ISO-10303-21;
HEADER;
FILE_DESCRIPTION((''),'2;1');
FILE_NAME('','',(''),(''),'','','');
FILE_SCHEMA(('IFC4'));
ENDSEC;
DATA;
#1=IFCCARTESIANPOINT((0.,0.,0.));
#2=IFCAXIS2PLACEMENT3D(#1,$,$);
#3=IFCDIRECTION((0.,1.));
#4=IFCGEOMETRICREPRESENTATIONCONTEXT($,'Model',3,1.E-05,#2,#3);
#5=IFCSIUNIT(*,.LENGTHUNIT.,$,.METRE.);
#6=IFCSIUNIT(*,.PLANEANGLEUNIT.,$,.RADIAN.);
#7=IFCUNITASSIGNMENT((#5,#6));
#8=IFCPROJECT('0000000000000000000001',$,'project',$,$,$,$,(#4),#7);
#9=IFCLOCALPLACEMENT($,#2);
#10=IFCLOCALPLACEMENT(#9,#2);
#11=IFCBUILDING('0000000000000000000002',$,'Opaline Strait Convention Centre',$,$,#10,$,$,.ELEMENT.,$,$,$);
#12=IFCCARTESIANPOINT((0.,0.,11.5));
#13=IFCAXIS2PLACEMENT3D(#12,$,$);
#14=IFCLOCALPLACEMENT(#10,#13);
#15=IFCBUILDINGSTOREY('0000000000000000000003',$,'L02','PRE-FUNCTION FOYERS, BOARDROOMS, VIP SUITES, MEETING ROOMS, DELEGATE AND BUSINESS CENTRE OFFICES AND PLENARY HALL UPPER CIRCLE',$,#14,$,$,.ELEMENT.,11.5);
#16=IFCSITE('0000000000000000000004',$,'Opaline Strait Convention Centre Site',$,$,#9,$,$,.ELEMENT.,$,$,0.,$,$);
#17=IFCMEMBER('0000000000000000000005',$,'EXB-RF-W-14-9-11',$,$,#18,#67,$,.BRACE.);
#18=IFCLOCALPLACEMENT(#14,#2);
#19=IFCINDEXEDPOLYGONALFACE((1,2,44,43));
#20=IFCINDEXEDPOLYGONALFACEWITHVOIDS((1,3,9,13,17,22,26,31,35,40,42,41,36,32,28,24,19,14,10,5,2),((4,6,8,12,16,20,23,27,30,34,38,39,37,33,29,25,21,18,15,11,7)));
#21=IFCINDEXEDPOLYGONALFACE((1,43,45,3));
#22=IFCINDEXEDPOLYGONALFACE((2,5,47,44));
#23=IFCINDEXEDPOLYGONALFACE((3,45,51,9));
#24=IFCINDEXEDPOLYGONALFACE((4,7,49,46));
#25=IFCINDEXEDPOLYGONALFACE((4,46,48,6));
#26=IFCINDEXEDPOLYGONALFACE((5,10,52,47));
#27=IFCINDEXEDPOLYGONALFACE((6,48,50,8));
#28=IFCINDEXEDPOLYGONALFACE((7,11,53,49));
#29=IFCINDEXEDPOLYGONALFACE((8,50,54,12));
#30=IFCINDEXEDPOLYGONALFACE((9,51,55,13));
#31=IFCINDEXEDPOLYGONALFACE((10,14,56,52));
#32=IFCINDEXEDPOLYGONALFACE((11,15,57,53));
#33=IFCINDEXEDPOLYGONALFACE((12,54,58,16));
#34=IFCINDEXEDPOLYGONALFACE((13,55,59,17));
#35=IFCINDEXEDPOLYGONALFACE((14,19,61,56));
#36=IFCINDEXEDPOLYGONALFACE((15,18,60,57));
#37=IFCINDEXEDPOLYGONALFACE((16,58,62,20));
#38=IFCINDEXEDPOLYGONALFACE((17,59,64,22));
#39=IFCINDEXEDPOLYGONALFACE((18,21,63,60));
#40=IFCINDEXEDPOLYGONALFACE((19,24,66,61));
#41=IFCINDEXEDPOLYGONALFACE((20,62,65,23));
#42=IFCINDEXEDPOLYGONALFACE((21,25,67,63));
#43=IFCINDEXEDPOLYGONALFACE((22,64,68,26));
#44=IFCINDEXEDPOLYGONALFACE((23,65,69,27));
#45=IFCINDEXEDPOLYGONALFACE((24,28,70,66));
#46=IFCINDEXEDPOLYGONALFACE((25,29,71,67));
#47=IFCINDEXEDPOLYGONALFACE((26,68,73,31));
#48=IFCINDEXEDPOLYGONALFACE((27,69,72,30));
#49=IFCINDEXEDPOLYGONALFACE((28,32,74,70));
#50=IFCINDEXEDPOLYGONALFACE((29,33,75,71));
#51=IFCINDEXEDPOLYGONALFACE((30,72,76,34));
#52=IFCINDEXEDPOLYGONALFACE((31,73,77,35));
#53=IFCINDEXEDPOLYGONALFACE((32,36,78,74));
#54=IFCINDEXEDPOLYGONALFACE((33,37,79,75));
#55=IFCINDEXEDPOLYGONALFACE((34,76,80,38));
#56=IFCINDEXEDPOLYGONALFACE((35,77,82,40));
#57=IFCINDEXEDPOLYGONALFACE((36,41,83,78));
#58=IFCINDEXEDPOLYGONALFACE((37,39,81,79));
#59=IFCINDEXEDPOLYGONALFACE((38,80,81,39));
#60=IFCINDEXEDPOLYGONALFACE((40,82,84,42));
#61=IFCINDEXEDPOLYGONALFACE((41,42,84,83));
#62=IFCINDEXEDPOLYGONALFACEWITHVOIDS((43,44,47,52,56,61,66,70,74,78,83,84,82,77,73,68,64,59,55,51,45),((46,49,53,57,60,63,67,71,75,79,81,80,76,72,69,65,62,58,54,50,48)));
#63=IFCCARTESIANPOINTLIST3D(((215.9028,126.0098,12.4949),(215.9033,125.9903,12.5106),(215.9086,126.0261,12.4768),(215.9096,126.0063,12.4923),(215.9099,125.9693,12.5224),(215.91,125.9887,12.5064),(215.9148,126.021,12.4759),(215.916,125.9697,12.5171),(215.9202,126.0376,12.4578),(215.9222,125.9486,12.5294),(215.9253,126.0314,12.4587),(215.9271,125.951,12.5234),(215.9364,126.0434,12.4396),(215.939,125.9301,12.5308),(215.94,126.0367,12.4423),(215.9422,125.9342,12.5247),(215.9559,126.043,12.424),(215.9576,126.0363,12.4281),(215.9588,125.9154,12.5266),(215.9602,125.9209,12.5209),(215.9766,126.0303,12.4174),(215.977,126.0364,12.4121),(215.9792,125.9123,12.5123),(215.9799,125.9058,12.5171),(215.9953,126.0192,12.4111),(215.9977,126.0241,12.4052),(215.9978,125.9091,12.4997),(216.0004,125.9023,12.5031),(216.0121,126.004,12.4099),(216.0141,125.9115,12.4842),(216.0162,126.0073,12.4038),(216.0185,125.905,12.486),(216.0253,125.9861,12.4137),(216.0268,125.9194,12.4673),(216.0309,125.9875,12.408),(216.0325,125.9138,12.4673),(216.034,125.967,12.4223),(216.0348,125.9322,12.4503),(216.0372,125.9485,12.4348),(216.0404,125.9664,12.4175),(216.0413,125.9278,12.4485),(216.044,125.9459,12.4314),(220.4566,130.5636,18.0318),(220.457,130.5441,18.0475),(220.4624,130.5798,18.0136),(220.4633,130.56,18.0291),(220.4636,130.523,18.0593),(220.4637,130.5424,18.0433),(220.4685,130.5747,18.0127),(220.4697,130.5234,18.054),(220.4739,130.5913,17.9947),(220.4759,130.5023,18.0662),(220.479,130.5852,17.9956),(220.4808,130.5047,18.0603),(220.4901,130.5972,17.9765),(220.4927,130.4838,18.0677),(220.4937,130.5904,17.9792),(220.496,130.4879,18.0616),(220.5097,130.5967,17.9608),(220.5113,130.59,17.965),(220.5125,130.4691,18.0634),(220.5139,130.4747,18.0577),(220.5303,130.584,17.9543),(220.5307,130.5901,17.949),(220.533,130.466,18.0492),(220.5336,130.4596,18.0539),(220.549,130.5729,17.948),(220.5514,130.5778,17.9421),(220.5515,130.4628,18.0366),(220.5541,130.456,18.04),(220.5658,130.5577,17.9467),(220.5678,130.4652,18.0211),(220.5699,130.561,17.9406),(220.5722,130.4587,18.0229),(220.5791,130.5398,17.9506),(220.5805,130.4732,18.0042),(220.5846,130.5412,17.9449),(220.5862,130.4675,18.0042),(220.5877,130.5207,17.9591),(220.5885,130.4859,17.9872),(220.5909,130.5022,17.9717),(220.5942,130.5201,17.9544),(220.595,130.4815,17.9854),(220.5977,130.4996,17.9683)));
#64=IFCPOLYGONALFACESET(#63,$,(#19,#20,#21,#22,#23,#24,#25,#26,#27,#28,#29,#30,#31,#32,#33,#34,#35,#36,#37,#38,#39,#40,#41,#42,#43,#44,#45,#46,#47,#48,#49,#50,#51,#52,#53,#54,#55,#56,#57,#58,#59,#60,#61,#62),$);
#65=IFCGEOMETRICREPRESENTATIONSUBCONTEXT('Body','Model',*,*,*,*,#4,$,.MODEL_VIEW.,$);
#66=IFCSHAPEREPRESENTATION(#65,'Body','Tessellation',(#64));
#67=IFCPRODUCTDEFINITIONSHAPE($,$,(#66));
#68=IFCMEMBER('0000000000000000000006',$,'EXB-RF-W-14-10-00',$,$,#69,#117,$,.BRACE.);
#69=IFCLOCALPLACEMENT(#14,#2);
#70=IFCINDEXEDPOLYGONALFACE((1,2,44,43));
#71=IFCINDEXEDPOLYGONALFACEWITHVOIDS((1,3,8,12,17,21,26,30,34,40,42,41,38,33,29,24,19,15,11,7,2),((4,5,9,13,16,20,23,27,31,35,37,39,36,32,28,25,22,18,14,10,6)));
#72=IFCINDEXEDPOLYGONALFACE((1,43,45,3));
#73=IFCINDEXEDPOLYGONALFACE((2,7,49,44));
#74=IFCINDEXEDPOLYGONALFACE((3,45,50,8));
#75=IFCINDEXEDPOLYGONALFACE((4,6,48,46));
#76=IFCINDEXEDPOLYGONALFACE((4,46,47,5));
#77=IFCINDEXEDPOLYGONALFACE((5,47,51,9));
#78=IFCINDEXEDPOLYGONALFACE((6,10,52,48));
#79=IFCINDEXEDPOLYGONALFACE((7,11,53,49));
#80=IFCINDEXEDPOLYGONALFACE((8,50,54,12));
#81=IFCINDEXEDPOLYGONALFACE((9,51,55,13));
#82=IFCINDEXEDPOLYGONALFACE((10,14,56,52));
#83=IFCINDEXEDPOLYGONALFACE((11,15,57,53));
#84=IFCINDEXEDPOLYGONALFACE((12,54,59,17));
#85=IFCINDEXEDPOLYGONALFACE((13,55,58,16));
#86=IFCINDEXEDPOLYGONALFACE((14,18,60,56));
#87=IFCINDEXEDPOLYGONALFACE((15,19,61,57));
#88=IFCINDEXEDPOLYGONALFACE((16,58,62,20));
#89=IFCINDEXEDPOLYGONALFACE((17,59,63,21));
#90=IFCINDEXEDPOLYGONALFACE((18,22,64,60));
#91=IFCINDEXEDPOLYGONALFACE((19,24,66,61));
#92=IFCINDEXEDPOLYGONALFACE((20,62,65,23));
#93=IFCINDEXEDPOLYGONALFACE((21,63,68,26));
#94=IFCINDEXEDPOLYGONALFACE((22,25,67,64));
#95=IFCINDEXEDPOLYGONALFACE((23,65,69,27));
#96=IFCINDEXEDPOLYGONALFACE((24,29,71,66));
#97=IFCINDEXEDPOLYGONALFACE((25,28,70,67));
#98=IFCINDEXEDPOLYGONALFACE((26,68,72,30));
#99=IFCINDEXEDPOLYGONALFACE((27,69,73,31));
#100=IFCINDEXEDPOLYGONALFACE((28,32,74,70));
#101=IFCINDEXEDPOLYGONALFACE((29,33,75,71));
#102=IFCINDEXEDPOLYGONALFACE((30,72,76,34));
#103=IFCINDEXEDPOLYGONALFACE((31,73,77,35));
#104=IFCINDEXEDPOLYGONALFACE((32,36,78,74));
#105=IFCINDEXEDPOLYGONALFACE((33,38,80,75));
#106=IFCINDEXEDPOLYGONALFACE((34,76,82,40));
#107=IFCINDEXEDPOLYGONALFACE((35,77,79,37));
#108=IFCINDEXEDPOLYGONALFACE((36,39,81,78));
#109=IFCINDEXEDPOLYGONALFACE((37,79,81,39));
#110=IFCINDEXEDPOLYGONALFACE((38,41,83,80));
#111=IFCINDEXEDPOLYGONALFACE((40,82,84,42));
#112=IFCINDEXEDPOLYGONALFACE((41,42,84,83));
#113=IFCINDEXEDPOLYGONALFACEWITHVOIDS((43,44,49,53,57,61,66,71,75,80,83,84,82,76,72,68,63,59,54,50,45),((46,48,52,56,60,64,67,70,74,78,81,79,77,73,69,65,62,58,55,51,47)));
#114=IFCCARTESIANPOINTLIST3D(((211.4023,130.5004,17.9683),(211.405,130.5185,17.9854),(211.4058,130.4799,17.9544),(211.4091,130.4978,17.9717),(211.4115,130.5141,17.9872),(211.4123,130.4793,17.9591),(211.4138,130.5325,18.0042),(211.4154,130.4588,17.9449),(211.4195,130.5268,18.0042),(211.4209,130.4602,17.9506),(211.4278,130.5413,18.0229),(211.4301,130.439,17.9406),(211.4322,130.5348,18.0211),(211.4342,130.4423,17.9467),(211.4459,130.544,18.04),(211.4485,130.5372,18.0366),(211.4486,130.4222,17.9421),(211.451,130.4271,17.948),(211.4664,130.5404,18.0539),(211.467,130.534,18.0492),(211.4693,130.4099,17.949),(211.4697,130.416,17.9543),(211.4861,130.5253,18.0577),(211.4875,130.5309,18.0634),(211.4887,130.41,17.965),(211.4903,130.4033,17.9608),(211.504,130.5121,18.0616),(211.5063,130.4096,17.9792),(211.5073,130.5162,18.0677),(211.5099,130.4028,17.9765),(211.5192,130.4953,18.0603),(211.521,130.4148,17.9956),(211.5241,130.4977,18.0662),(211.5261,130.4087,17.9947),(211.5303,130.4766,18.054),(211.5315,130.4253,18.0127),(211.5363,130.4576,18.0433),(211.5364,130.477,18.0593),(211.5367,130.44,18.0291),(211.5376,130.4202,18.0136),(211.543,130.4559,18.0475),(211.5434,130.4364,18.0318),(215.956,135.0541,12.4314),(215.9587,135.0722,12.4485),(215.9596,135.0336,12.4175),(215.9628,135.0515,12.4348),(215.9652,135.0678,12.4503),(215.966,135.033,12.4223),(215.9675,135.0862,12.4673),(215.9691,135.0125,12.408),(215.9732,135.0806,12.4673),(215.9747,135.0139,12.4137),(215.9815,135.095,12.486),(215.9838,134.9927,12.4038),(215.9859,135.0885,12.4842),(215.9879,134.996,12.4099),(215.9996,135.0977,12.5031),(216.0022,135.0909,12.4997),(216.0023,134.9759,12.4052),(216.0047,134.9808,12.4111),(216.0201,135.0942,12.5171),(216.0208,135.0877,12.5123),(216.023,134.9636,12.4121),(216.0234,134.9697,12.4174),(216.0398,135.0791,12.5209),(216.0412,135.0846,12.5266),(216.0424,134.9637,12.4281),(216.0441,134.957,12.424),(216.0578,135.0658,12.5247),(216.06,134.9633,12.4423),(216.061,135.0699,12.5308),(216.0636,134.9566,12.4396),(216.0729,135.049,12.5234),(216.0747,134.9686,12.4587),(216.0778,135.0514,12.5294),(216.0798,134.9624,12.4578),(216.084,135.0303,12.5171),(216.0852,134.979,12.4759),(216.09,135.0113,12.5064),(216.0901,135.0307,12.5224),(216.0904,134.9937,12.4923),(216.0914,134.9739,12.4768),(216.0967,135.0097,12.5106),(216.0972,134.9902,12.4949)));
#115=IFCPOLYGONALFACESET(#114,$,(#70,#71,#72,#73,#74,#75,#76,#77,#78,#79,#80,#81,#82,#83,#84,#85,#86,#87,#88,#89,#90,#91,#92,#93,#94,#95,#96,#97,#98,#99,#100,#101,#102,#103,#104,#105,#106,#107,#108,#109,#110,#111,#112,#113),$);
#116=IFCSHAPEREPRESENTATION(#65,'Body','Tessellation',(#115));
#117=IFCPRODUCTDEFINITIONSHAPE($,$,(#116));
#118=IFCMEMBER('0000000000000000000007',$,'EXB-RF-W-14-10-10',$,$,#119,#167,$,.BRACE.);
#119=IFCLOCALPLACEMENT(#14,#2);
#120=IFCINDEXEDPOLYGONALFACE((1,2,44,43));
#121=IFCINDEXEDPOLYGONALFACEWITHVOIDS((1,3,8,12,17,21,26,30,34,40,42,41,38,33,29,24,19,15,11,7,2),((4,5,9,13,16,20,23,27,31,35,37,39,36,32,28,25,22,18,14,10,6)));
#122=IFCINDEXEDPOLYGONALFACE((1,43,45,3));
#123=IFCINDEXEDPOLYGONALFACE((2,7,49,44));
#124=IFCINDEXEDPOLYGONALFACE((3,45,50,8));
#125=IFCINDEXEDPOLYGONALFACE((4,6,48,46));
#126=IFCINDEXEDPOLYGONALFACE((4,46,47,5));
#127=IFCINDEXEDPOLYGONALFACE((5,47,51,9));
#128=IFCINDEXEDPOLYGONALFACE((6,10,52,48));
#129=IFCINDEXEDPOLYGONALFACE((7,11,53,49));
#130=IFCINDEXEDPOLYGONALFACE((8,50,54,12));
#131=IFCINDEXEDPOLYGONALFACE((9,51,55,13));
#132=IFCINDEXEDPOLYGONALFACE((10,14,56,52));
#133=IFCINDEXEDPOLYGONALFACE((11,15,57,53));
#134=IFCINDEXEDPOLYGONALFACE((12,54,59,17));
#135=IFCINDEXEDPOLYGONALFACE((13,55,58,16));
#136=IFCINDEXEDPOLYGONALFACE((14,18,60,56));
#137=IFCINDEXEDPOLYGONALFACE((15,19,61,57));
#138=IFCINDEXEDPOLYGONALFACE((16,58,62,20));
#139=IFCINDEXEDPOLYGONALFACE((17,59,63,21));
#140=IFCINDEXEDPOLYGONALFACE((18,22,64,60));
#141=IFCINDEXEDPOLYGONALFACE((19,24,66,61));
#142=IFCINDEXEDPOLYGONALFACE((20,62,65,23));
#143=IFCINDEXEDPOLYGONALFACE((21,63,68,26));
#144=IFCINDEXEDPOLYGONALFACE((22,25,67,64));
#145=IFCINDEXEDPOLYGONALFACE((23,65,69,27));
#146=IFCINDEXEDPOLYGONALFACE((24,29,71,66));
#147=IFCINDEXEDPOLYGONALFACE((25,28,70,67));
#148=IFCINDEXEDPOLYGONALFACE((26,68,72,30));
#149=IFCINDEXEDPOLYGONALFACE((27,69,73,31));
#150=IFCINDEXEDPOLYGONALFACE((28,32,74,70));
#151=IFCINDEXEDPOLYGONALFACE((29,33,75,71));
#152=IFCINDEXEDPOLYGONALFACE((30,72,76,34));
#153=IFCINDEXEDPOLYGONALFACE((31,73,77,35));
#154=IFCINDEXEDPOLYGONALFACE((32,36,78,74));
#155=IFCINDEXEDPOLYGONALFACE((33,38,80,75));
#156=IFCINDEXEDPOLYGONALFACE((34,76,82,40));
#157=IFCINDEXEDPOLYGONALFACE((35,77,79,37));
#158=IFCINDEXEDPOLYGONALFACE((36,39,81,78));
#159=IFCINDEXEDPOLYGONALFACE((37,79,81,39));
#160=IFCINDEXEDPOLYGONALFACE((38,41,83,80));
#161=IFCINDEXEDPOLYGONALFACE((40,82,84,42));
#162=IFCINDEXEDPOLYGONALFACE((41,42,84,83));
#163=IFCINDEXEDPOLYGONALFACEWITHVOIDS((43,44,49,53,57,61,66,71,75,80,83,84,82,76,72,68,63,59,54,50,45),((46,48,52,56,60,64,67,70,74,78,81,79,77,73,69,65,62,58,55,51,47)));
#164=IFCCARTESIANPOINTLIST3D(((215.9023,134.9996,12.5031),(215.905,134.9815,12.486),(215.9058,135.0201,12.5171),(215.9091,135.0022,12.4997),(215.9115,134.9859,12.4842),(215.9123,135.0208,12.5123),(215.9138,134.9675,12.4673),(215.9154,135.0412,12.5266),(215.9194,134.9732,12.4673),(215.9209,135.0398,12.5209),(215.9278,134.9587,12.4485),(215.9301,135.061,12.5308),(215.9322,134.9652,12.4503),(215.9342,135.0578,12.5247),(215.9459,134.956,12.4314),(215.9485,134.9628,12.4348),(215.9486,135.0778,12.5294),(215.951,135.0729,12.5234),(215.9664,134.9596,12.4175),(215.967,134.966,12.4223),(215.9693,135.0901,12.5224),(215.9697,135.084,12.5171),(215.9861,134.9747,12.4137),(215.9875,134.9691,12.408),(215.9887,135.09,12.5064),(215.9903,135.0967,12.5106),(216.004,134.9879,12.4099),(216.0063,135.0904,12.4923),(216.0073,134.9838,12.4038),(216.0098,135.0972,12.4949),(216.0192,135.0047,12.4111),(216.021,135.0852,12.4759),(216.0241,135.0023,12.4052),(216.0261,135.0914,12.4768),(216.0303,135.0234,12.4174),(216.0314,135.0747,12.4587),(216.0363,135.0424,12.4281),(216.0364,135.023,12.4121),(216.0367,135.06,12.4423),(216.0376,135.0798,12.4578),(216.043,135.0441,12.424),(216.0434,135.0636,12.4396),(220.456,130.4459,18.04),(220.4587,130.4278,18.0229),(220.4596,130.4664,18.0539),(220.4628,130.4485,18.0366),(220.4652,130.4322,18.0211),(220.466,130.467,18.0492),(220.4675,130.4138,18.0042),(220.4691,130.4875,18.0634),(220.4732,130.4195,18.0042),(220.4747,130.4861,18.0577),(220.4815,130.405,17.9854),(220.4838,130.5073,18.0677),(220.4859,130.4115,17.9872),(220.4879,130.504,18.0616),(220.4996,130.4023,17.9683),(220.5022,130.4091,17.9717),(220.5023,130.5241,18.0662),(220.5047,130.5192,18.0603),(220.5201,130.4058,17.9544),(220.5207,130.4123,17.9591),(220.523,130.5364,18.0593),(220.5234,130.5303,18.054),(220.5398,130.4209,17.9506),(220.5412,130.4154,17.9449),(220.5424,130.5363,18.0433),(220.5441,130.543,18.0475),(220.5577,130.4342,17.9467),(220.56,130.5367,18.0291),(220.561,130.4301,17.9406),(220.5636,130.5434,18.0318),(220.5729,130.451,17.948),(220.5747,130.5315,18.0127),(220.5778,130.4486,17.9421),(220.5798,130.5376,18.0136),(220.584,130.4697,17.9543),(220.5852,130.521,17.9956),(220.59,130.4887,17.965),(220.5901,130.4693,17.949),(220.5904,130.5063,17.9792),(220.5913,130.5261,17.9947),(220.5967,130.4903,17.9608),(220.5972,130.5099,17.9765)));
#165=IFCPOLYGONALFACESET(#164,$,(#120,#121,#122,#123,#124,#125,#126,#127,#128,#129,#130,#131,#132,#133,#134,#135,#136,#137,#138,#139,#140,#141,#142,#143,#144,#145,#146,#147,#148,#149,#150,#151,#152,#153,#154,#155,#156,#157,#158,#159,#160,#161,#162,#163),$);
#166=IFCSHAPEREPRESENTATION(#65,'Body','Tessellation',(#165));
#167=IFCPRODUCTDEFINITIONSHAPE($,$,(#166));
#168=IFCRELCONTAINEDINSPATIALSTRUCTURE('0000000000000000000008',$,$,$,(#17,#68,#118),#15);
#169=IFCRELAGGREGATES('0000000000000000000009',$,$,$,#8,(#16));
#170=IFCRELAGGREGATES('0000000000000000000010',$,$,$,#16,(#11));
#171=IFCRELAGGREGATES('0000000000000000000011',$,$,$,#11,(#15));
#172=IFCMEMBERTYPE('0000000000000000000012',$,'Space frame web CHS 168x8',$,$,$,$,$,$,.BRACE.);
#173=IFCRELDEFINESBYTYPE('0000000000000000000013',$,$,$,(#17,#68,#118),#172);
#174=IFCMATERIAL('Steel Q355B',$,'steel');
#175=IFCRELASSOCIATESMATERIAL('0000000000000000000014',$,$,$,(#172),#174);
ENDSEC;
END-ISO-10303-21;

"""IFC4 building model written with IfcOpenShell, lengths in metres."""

from ifc_helpers import new_model, si_unit, direction, frame, origin, origin_2d, place, context, subcontext, project, spatial, hollow_circle, extrude, material, material_profile, profile_set, type_object, element, save


model = new_model("IFC4")

# Units and contexts
model_context = context("Model", 3, precision=1e-05, world=origin(), true_north=direction((0.0, 1.0)))
body_context = subcontext(model_context, "Body", "Model", "MODEL_VIEW")
ifc_project = project(units=[si_unit("LENGTHUNIT", "METRE"), si_unit("PLANEANGLEUNIT", "RADIAN")], contexts=[model_context])

# Site, building, storey
site_placement = place(None, origin())
site = spatial("IfcSite", under=ifc_project, at=site_placement, Name="Opaline Strait Convention Centre Site", CompositionType="ELEMENT", RefElevation=0.0)
building_placement = place(site_placement, origin())
building = spatial("IfcBuilding", under=site, at=building_placement, Name="Opaline Strait Convention Centre", CompositionType="ELEMENT")
storey_placement = place(building_placement, frame((0.0, 0.0, 11.5)))
storey = spatial("IfcBuildingStorey", under=building, at=storey_placement, Name="L02", Description="PRE-FUNCTION FOYERS, BOARDROOMS, VIP SUITES, MEETING ROOMS, DELEGATE AND BUSINESS CENTRE OFFICES AND PLENARY HALL UPPER CIRCLE", CompositionType="ELEMENT", Elevation=11.5)

# Members
ifc_material = material(Name="Steel Q355B", Category="steel")
ifc_material_profile_1 = material_profile(ifc_material, hollow_circle(Radius=0.084, WallThickness=0.0081, at=origin_2d()), Name="CHS 168x8")
ifc_profile_set_1 = profile_set([ifc_material_profile_1], Name="Steel Q355B")
member_type_1 = type_object("IfcMemberType", Name="Space frame web CHS 168x8", PredefinedType="BRACE", material=ifc_profile_set_1)
for number, where, z_axis, x_axis, name in (
    (1, (220.5269, 130.5269, 18.0042), (-0.536178, -0.536178, -0.65194), (0.707107, -0.707107, 0.0), "EXB-RF-W-14-9-11"),
    (2, (211.4731, 130.4731, 18.0042), (0.536178, 0.536178, -0.65194), (-0.707107, 0.707107, 0.0), "EXB-RF-W-14-10-00"),
    (3, (220.5269, 130.4731, 18.0042), (-0.536178, 0.536178, -0.65194), (-0.707107, -0.707107, 0.0), "EXB-RF-W-14-10-10"),
):
    element("IfcMember", number, at=place(storey_placement, frame(where, z_axis=z_axis, x_axis=x_axis)), inside=storey, type_object=member_type_1, Name=name, PredefinedType="BRACE", context=body_context, shape_type="SweptSolid", body=[
        extrude(hollow_circle(Radius=0.084, WallThickness=0.0081, at=origin_2d()), origin(), (0.0, 0.0, 1.0), 8.4929),
    ])

save(model, "model.ifc")
